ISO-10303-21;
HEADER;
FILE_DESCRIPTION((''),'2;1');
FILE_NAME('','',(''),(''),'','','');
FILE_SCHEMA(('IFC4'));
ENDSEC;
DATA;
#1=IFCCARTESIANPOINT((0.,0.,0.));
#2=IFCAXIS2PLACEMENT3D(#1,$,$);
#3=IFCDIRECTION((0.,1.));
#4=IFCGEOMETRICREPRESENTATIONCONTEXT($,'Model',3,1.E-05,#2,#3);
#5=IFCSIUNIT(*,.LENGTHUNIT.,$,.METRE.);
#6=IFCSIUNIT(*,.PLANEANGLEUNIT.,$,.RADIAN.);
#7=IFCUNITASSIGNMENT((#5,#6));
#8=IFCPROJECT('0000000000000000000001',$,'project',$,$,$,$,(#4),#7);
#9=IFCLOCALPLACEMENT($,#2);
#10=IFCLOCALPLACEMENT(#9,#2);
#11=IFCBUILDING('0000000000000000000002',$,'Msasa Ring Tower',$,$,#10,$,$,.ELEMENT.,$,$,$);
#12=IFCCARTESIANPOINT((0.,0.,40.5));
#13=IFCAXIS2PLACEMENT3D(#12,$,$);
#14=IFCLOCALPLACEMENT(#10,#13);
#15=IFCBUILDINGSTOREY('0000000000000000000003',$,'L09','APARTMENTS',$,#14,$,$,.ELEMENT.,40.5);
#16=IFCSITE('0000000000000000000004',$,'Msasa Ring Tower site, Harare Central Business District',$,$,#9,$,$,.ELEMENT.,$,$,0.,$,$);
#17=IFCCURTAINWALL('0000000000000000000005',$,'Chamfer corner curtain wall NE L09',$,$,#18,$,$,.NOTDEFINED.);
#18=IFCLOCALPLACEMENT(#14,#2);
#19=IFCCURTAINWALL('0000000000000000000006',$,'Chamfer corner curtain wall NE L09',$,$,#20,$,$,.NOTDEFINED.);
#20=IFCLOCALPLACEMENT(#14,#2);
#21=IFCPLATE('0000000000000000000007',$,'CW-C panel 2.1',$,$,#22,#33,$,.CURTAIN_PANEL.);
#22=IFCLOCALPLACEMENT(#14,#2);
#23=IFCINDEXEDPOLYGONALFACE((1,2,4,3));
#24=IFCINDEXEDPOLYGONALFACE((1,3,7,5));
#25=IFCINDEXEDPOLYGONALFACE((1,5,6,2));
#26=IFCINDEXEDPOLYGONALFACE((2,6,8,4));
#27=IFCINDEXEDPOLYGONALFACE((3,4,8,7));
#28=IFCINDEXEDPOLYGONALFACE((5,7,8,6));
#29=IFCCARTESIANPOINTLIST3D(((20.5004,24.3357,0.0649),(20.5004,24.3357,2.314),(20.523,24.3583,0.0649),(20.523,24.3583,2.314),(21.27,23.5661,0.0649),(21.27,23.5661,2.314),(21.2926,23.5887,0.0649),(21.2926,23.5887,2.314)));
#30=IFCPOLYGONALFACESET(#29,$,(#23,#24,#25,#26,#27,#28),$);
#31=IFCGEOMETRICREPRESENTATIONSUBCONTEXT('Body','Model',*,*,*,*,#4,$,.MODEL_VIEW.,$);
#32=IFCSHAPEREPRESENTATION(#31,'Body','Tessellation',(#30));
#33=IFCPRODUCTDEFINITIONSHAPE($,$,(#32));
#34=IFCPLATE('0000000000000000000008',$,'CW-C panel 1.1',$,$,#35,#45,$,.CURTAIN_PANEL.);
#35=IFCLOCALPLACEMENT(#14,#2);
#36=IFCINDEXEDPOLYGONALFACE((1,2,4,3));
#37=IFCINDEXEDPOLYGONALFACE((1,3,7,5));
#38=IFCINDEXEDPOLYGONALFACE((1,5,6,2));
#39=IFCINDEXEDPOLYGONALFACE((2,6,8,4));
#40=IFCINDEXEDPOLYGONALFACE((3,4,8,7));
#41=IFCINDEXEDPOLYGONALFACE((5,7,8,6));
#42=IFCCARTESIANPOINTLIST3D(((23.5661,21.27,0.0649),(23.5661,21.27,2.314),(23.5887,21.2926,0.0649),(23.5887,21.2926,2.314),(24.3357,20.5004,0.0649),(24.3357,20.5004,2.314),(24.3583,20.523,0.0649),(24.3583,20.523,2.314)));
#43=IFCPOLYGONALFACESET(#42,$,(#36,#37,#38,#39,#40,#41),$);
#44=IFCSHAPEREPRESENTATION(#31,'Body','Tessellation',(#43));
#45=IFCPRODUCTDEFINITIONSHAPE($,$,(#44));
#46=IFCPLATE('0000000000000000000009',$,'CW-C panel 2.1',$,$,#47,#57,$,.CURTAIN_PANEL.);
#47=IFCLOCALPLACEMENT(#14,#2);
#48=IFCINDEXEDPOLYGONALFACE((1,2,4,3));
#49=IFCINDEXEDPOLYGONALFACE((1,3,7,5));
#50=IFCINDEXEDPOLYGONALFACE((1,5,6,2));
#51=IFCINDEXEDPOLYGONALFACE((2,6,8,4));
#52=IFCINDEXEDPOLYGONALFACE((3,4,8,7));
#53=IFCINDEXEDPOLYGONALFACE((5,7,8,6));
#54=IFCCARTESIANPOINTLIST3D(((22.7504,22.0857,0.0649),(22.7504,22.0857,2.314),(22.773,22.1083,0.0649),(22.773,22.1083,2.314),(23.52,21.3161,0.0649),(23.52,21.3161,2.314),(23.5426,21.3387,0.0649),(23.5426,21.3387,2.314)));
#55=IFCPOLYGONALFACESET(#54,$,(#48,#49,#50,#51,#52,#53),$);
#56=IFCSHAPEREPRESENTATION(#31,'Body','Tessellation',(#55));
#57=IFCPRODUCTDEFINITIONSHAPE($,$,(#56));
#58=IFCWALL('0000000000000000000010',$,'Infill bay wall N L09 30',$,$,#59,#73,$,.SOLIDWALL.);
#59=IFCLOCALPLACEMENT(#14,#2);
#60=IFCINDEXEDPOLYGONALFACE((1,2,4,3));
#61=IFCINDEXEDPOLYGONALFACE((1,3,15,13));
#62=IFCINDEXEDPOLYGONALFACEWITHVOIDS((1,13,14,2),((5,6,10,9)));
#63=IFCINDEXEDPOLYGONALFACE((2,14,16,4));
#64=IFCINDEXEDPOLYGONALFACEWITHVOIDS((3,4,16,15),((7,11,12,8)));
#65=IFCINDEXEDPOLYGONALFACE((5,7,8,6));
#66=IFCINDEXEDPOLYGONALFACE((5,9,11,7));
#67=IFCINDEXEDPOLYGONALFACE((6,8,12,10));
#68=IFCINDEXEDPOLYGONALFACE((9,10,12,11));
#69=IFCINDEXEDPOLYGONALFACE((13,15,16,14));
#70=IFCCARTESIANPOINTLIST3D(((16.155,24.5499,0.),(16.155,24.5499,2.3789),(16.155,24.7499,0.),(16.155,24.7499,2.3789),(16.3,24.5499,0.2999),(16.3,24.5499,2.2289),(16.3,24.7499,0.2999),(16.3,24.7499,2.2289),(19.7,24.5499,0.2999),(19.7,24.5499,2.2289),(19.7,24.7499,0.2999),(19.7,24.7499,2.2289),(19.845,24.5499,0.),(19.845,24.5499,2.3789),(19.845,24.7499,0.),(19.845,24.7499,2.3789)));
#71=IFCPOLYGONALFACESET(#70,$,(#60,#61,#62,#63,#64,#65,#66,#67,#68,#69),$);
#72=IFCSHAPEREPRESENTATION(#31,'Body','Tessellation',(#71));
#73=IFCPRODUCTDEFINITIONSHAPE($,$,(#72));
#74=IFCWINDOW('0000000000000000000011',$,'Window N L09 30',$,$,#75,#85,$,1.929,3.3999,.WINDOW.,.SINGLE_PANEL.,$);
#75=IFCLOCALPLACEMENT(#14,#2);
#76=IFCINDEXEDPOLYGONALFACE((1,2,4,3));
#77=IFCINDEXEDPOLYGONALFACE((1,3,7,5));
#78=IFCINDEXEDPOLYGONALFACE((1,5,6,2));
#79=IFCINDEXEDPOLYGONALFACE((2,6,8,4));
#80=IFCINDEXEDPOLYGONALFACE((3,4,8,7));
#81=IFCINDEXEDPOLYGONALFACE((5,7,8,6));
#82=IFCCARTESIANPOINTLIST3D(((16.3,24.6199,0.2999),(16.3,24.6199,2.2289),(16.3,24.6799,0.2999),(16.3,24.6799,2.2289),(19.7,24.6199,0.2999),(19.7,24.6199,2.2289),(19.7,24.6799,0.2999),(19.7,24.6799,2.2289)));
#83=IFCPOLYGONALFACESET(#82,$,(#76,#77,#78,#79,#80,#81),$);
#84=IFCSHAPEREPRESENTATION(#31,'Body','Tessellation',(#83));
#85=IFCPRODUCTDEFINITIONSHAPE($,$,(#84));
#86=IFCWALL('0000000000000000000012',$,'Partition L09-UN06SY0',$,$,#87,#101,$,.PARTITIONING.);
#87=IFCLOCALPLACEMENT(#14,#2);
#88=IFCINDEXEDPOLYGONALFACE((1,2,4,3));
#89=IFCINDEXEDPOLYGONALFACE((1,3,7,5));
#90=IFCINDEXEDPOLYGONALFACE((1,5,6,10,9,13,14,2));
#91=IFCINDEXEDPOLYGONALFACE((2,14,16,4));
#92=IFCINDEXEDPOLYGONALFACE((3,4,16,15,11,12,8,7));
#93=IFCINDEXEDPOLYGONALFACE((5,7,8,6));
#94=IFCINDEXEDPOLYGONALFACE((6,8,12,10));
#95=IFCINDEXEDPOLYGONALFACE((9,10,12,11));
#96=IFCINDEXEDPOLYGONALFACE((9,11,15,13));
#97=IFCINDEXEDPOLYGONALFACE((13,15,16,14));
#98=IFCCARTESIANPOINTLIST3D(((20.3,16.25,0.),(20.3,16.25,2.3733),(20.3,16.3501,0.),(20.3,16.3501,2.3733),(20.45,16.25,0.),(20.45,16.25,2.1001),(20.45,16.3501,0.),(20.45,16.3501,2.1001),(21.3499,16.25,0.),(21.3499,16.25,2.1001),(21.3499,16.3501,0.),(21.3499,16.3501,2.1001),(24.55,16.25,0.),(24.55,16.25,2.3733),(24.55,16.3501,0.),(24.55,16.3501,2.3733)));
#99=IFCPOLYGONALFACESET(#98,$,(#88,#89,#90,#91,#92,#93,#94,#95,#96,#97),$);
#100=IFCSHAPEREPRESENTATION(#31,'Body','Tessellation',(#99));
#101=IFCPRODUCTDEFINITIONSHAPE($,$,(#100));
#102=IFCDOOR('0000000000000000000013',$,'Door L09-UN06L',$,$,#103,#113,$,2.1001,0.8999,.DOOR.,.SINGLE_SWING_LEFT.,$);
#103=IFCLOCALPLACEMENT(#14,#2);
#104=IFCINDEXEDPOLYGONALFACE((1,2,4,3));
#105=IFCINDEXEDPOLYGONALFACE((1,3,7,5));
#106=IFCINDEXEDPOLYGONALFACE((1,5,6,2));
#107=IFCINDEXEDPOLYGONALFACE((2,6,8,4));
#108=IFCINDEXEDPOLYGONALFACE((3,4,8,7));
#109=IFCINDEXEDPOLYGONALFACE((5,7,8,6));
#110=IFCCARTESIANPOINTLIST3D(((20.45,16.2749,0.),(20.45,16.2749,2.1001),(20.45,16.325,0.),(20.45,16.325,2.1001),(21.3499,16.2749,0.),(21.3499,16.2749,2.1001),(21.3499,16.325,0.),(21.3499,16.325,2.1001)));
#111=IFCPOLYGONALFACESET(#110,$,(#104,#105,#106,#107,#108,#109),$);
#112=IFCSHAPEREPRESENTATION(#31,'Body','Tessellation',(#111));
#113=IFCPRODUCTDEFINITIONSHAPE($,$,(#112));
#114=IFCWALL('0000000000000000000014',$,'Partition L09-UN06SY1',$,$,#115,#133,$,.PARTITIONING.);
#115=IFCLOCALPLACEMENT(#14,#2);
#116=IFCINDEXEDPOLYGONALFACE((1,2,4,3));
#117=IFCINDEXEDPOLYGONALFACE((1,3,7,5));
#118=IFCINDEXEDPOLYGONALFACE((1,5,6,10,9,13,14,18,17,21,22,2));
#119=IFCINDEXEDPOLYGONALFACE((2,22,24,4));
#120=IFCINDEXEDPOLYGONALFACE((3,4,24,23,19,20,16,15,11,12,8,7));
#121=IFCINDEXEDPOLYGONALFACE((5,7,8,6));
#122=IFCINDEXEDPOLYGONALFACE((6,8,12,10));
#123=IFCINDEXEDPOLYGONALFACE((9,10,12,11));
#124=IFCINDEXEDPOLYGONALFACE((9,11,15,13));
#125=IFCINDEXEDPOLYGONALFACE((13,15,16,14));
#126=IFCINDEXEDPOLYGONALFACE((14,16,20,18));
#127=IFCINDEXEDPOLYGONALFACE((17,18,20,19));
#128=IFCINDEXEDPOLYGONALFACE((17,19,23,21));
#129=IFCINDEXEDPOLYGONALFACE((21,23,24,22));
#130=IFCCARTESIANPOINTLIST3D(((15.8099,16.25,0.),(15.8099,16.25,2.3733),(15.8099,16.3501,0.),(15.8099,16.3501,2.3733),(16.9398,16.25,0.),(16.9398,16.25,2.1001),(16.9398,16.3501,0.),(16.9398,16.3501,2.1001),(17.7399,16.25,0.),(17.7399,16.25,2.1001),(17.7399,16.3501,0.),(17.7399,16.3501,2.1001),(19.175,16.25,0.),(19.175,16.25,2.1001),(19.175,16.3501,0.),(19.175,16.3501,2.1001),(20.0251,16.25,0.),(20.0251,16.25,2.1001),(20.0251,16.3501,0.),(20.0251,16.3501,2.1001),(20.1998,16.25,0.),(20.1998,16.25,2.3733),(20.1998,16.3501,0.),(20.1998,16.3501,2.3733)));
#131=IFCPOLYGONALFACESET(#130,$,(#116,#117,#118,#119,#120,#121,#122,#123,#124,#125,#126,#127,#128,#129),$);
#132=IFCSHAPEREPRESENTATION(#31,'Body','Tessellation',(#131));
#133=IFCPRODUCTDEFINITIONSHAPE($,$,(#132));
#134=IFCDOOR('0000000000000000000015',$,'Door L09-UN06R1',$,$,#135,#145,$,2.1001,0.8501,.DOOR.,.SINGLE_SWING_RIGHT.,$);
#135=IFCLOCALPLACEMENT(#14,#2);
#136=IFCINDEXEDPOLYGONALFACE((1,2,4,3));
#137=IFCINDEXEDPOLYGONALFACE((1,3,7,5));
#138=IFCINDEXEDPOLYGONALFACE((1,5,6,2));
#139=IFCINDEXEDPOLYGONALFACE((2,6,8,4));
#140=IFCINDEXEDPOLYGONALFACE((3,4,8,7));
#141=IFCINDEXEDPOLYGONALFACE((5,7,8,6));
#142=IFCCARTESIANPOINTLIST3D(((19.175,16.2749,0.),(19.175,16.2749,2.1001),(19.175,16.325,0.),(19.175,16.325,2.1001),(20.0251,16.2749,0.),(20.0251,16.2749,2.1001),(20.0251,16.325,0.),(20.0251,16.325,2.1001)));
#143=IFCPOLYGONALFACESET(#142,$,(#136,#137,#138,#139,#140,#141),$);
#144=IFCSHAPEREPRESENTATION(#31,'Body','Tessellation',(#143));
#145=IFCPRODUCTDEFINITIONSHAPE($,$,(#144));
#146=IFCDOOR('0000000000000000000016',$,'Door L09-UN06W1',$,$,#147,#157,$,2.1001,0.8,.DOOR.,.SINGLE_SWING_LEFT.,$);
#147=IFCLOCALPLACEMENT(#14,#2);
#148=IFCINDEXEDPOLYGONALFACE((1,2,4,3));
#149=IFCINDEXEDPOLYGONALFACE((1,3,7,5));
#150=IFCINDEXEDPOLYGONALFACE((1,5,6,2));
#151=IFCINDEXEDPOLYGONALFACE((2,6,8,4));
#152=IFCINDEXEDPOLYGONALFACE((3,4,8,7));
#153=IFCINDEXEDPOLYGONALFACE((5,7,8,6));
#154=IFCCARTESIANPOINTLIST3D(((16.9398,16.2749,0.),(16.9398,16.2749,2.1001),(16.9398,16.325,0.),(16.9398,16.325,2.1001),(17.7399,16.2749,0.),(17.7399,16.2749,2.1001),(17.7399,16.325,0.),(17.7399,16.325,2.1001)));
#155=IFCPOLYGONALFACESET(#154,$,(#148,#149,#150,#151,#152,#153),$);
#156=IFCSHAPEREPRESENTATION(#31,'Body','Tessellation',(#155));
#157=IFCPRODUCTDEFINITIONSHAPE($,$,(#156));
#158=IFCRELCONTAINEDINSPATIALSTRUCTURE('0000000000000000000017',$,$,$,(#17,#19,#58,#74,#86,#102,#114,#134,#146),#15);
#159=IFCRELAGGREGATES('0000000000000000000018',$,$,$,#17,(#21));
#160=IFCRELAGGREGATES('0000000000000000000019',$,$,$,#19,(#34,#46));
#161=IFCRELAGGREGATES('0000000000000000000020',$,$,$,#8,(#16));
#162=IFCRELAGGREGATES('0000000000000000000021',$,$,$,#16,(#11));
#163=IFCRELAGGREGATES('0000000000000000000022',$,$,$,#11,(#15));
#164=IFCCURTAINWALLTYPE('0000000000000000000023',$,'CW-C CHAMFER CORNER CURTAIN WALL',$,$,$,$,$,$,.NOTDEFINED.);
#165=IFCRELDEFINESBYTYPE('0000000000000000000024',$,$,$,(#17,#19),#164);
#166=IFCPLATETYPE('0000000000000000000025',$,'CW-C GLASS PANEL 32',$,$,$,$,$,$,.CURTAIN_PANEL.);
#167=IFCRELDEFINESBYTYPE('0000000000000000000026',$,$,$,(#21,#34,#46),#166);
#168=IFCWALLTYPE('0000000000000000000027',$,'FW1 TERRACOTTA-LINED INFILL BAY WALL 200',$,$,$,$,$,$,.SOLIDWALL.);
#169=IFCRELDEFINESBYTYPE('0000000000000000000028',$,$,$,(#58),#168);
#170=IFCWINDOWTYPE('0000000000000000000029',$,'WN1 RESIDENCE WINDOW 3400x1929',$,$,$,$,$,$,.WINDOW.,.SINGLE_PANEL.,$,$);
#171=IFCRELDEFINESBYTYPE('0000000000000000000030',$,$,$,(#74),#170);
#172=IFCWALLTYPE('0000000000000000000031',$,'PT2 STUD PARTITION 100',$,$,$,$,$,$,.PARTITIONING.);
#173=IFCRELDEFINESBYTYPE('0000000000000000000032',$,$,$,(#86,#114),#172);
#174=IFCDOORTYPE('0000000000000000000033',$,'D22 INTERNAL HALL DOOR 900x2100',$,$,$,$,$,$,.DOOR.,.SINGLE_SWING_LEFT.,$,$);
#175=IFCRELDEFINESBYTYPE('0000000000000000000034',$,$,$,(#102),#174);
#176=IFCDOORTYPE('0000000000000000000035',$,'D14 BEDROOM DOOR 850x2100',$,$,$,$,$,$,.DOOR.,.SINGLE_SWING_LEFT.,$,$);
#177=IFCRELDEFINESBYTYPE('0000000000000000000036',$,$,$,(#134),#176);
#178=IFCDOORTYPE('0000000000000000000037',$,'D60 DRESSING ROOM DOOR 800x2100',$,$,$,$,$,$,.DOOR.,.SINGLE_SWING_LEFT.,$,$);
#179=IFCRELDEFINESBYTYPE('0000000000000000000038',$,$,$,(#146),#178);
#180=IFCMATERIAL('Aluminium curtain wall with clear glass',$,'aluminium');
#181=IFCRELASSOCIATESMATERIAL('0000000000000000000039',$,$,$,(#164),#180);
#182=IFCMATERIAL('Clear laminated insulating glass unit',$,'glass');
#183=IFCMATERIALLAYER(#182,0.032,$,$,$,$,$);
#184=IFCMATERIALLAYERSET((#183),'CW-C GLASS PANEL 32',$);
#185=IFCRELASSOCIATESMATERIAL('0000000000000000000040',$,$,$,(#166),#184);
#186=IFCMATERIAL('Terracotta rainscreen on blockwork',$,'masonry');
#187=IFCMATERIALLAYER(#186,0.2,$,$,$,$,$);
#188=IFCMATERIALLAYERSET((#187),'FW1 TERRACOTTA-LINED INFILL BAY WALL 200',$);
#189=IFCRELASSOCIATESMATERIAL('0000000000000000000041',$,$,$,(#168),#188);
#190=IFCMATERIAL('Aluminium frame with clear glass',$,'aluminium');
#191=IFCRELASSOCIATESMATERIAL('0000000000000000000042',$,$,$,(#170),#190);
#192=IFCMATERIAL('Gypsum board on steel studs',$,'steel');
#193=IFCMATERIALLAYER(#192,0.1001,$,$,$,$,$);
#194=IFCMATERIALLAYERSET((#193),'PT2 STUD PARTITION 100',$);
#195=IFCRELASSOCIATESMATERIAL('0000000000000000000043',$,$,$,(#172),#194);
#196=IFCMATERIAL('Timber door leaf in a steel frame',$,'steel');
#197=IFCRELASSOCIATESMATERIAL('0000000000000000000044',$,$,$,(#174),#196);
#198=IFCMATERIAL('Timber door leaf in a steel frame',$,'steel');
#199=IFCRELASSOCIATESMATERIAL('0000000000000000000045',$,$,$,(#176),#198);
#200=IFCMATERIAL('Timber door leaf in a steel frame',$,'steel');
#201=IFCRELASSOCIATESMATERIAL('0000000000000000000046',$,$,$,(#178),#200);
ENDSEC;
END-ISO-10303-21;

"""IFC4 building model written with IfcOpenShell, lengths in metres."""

from ifc_helpers import new_model, si_unit, direction, frame, frame_2d, origin, origin_2d, place, context, subcontext, project, spatial, rectangle, extrude, material, layer, layer_set, type_object, element, fill, aggregate, save


model = new_model("IFC4")

# Units and contexts
model_context = context("Model", 3, precision=1e-05, world=origin(), true_north=direction((0.0, 1.0)))
body_context = subcontext(model_context, "Body", "Model", "MODEL_VIEW")
ifc_project = project(units=[si_unit("LENGTHUNIT", "METRE"), si_unit("PLANEANGLEUNIT", "RADIAN")], contexts=[model_context])

# Site, building, storey
site_placement = place(None, origin())
site = spatial("IfcSite", under=ifc_project, at=site_placement, Name="Msasa Ring Tower site, Harare Central Business District", CompositionType="ELEMENT", RefElevation=0.0)
building_placement = place(site_placement, origin())
building = spatial("IfcBuilding", under=site, at=building_placement, Name="Msasa Ring Tower", CompositionType="ELEMENT")
storey_placement = place(building_placement, frame((0.0, 0.0, 40.5)))
storey = spatial("IfcBuildingStorey", under=building, at=storey_placement, Name="L09", Description="APARTMENTS", CompositionType="ELEMENT", Elevation=40.5)

# Curtain walls
ifc_material_1 = material(Name="Aluminium curtain wall with clear glass", Category="aluminium")
curtain_wall_type = type_object("IfcCurtainWallType", Name="CW-C CHAMFER CORNER CURTAIN WALL", PredefinedType="NOTDEFINED", material=ifc_material_1)
curtain_wall_1_placement = place(storey_placement, origin())
curtain_wall_1 = element("IfcCurtainWall", 1, at=curtain_wall_1_placement, inside=storey, type_object=curtain_wall_type, Name="Chamfer corner curtain wall NE L09", PredefinedType="NOTDEFINED")
curtain_wall_2_placement = place(storey_placement, origin())
curtain_wall_2 = element("IfcCurtainWall", 2, at=curtain_wall_2_placement, inside=storey, type_object=curtain_wall_type, Name="Chamfer corner curtain wall NE L09", PredefinedType="NOTDEFINED")

# Plates
ifc_material_2 = material(Name="Clear laminated insulating glass unit", Category="glass")
ifc_layer_1 = layer(ifc_material_2, 0.032)
ifc_layer_set_1 = layer_set([ifc_layer_1], Name="CW-C GLASS PANEL 32")
plate_type = type_object("IfcPlateType", Name="CW-C GLASS PANEL 32", PredefinedType="CURTAIN_PANEL", material=ifc_layer_set_1)
plate_1_placement = place(storey_placement, frame((20.8965, 23.9622, 0.0649), z_axis=(0.0, 0.0, 1.0), x_axis=(-0.707107, 0.707107, 0.0)))
plate_1 = element("IfcPlate", 3, at=plate_1_placement, type_object=plate_type, Name="CW-C panel 2.1", PredefinedType="CURTAIN_PANEL", context=body_context, shape_type="SweptSolid", body=[
    extrude(rectangle(XDim=1.0884, YDim=0.032, at=origin_2d()), origin(), (0.0, 0.0, 1.0), 2.249),
])
aggregate(curtain_wall_1, [plate_1])
plate_2_placement = place(storey_placement, frame((23.9622, 20.8965, 0.0649), z_axis=(0.0, 0.0, 1.0), x_axis=(-0.707107, 0.707107, 0.0)))
plate_2 = element("IfcPlate", 4, at=plate_2_placement, type_object=plate_type, Name="CW-C panel 1.1", PredefinedType="CURTAIN_PANEL", context=body_context, shape_type="SweptSolid", body=[
    extrude(rectangle(XDim=1.0884, YDim=0.032, at=origin_2d()), origin(), (0.0, 0.0, 1.0), 2.249),
])
plate_3_placement = place(storey_placement, frame((23.1465, 21.7122, 0.0649), z_axis=(0.0, 0.0, 1.0), x_axis=(-0.707107, 0.707107, 0.0)))
plate_3 = element("IfcPlate", 5, at=plate_3_placement, type_object=plate_type, Name="CW-C panel 2.1", PredefinedType="CURTAIN_PANEL", context=body_context, shape_type="SweptSolid", body=[
    extrude(rectangle(XDim=1.0884, YDim=0.032, at=origin_2d()), origin(), (0.0, 0.0, 1.0), 2.249),
])
aggregate(curtain_wall_2, [plate_2, plate_3])

# Wall, opening, window
ifc_material_3 = material(Name="Terracotta rainscreen on blockwork", Category="masonry")
ifc_layer_2 = layer(ifc_material_3, 0.2)
ifc_layer_set_2 = layer_set([ifc_layer_2], Name="FW1 TERRACOTTA-LINED INFILL BAY WALL 200")
wall_type_1 = type_object("IfcWallType", Name="FW1 TERRACOTTA-LINED INFILL BAY WALL 200", PredefinedType="SOLIDWALL", material=ifc_layer_set_2)
wall_1_placement = place(storey_placement, frame((16.155, 24.6499, 0.0), z_axis=(0.0, 0.0, 1.0), x_axis=(1.0, 0.0, 0.0)))
wall_1 = element("IfcWall", 6, at=wall_1_placement, inside=storey, type_object=wall_type_1, Name="Infill bay wall N L09 30", PredefinedType="SOLIDWALL", context=body_context, shape_type="SweptSolid", body=[
    extrude(rectangle(XDim=3.6899, YDim=0.2, at=frame_2d((1.845, 0.0))), origin(), (0.0, 0.0, 1.0), 2.3789),
])
opening_1_placement = place(wall_1_placement, frame((0.145, 0.0, 0.3)))
opening_1 = element("IfcOpeningElement", 7, at=opening_1_placement, cuts=wall_1, PredefinedType="OPENING", context=body_context, shape_type="SweptSolid", body=[
    extrude(rectangle(XDim=3.3999, YDim=1.929, at=frame_2d((1.7, 0.9644))), frame((0.0, 0.1099, 0.0), z_axis=(0.0, -1.0, 0.0), x_axis=(1.0, 0.0, 0.0)), (0.0, 0.0, 1.0), 0.22),
])
ifc_material_4 = material(Name="Aluminium frame with clear glass", Category="aluminium")
window_type = type_object("IfcWindowType", Name="WN1 RESIDENCE WINDOW 3400x1929", PartitioningType="SINGLE_PANEL", PredefinedType="WINDOW", material=ifc_material_4)
window_placement = place(opening_1_placement, origin())
window = element("IfcWindow", 8, at=window_placement, inside=storey, type_object=window_type, Name="Window N L09 30", OverallHeight=1.929, OverallWidth=3.3999, PartitioningType="SINGLE_PANEL", PredefinedType="WINDOW", context=body_context, shape_type="SweptSolid", body=[
    extrude(rectangle(XDim=3.3999, YDim=1.929, at=frame_2d((1.7, 0.9644))), frame((0.0, 0.03, 0.0), z_axis=(0.0, -1.0, 0.0), x_axis=(1.0, 0.0, 0.0)), (0.0, 0.0, 1.0), 0.0601),
])
fill(opening_1, window)

# Wall, opening, door
ifc_material_5 = material(Name="Gypsum board on steel studs", Category="steel")
ifc_layer_3 = layer(ifc_material_5, 0.1001)
ifc_layer_set_3 = layer_set([ifc_layer_3], Name="PT2 STUD PARTITION 100")
wall_type_2 = type_object("IfcWallType", Name="PT2 STUD PARTITION 100", PredefinedType="PARTITIONING", material=ifc_layer_set_3)
wall_2_placement = place(storey_placement, frame((20.3, 16.3, 0.0), z_axis=(0.0, 0.0, 1.0), x_axis=(1.0, 0.0, 0.0)))
wall_2 = element("IfcWall", 9, at=wall_2_placement, inside=storey, type_object=wall_type_2, Name="Partition L09-UN06SY0", PredefinedType="PARTITIONING", context=body_context, shape_type="SweptSolid", body=[
    extrude(rectangle(XDim=4.25, YDim=0.1001, at=frame_2d((2.125, 0.0))), origin(), (0.0, 0.0, 1.0), 2.3733),
])
opening_2_placement = place(wall_2_placement, frame((0.1499, 0.0, 0.0)))
opening_2 = element("IfcOpeningElement", 10, at=opening_2_placement, cuts=wall_2, PredefinedType="OPENING", context=body_context, shape_type="SweptSolid", body=[
    extrude(rectangle(XDim=0.8999, YDim=2.1001, at=frame_2d((0.45, 1.05))), frame((0.0, 0.0601, 0.0), z_axis=(0.0, -1.0, 0.0), x_axis=(1.0, 0.0, 0.0)), (0.0, 0.0, 1.0), 0.1201),
])
ifc_material_6 = material(Name="Timber door leaf in a steel frame", Category="steel")
door_type_1 = type_object("IfcDoorType", Name="D22 INTERNAL HALL DOOR 900x2100", OperationType="SINGLE_SWING_LEFT", PredefinedType="DOOR", material=ifc_material_6)
door_1_placement = place(opening_2_placement, origin())
door_1 = element("IfcDoor", 11, at=door_1_placement, inside=storey, type_object=door_type_1, Name="Door L09-UN06L", OperationType="SINGLE_SWING_LEFT", OverallHeight=2.1001, OverallWidth=0.8999, PredefinedType="DOOR", context=body_context, shape_type="SweptSolid", body=[
    extrude(rectangle(XDim=0.8999, YDim=2.1001, at=frame_2d((0.45, 1.05))), frame((0.0, 0.0249, 0.0), z_axis=(0.0, -1.0, 0.0), x_axis=(1.0, 0.0, 0.0)), (0.0, 0.0, 1.0), 0.05),
])
fill(opening_2, door_1)

# Wall, openings, doors
wall_3_placement = place(storey_placement, frame((15.8101, 16.3, 0.0), z_axis=(0.0, 0.0, 1.0), x_axis=(1.0, 0.0, 0.0)))
wall_3 = element("IfcWall", 12, at=wall_3_placement, inside=storey, type_object=wall_type_2, Name="Partition L09-UN06SY1", PredefinedType="PARTITIONING", context=body_context, shape_type="SweptSolid", body=[
    extrude(rectangle(XDim=4.3899, YDim=0.1001, at=frame_2d((2.1948, 0.0))), origin(), (0.0, 0.0, 1.0), 2.3733),
])
opening_3_placement = place(wall_3_placement, frame((3.365, 0.0, 0.0)))
opening_3 = element("IfcOpeningElement", 13, at=opening_3_placement, cuts=wall_3, PredefinedType="OPENING", context=body_context, shape_type="SweptSolid", body=[
    extrude(rectangle(XDim=0.8501, YDim=2.1001, at=frame_2d((0.425, 1.05))), frame((0.0, 0.0601, 0.0), z_axis=(0.0, -1.0, 0.0), x_axis=(1.0, 0.0, 0.0)), (0.0, 0.0, 1.0), 0.1201),
])
opening_4_placement = place(wall_3_placement, frame((1.1299, 0.0, 0.0)))
opening_4 = element("IfcOpeningElement", 14, at=opening_4_placement, cuts=wall_3, PredefinedType="OPENING", context=body_context, shape_type="SweptSolid", body=[
    extrude(rectangle(XDim=0.8, YDim=2.1001, at=frame_2d((0.3999, 1.05))), frame((0.0, 0.0601, 0.0), z_axis=(0.0, -1.0, 0.0), x_axis=(1.0, 0.0, 0.0)), (0.0, 0.0, 1.0), 0.1201),
])
ifc_material_7 = material(Name="Timber door leaf in a steel frame", Category="steel")
door_type_2 = type_object("IfcDoorType", Name="D14 BEDROOM DOOR 850x2100", OperationType="SINGLE_SWING_LEFT", PredefinedType="DOOR", material=ifc_material_7)
door_2_placement = place(opening_3_placement, origin())
door_2 = element("IfcDoor", 15, at=door_2_placement, inside=storey, type_object=door_type_2, Name="Door L09-UN06R1", OperationType="SINGLE_SWING_RIGHT", OverallHeight=2.1001, OverallWidth=0.8501, PredefinedType="DOOR", context=body_context, shape_type="SweptSolid", body=[
    extrude(rectangle(XDim=0.8501, YDim=2.1001, at=frame_2d((0.425, 1.05))), frame((0.0, 0.0249, 0.0), z_axis=(0.0, -1.0, 0.0), x_axis=(1.0, 0.0, 0.0)), (0.0, 0.0, 1.0), 0.05),
])
fill(opening_3, door_2)
ifc_material_8 = material(Name="Timber door leaf in a steel frame", Category="steel")
door_type_3 = type_object("IfcDoorType", Name="D60 DRESSING ROOM DOOR 800x2100", OperationType="SINGLE_SWING_LEFT", PredefinedType="DOOR", material=ifc_material_8)
door_3_placement = place(opening_4_placement, origin())
door_3 = element("IfcDoor", 16, at=door_3_placement, inside=storey, type_object=door_type_3, Name="Door L09-UN06W1", OperationType="SINGLE_SWING_LEFT", OverallHeight=2.1001, OverallWidth=0.8, PredefinedType="DOOR", context=body_context, shape_type="SweptSolid", body=[
    extrude(rectangle(XDim=0.8, YDim=2.1001, at=frame_2d((0.3999, 1.05))), frame((0.0, 0.0249, 0.0), z_axis=(0.0, -1.0, 0.0), x_axis=(1.0, 0.0, 0.0)), (0.0, 0.0, 1.0), 0.05),
])
fill(opening_4, door_3)

save(model, "model.ifc")
